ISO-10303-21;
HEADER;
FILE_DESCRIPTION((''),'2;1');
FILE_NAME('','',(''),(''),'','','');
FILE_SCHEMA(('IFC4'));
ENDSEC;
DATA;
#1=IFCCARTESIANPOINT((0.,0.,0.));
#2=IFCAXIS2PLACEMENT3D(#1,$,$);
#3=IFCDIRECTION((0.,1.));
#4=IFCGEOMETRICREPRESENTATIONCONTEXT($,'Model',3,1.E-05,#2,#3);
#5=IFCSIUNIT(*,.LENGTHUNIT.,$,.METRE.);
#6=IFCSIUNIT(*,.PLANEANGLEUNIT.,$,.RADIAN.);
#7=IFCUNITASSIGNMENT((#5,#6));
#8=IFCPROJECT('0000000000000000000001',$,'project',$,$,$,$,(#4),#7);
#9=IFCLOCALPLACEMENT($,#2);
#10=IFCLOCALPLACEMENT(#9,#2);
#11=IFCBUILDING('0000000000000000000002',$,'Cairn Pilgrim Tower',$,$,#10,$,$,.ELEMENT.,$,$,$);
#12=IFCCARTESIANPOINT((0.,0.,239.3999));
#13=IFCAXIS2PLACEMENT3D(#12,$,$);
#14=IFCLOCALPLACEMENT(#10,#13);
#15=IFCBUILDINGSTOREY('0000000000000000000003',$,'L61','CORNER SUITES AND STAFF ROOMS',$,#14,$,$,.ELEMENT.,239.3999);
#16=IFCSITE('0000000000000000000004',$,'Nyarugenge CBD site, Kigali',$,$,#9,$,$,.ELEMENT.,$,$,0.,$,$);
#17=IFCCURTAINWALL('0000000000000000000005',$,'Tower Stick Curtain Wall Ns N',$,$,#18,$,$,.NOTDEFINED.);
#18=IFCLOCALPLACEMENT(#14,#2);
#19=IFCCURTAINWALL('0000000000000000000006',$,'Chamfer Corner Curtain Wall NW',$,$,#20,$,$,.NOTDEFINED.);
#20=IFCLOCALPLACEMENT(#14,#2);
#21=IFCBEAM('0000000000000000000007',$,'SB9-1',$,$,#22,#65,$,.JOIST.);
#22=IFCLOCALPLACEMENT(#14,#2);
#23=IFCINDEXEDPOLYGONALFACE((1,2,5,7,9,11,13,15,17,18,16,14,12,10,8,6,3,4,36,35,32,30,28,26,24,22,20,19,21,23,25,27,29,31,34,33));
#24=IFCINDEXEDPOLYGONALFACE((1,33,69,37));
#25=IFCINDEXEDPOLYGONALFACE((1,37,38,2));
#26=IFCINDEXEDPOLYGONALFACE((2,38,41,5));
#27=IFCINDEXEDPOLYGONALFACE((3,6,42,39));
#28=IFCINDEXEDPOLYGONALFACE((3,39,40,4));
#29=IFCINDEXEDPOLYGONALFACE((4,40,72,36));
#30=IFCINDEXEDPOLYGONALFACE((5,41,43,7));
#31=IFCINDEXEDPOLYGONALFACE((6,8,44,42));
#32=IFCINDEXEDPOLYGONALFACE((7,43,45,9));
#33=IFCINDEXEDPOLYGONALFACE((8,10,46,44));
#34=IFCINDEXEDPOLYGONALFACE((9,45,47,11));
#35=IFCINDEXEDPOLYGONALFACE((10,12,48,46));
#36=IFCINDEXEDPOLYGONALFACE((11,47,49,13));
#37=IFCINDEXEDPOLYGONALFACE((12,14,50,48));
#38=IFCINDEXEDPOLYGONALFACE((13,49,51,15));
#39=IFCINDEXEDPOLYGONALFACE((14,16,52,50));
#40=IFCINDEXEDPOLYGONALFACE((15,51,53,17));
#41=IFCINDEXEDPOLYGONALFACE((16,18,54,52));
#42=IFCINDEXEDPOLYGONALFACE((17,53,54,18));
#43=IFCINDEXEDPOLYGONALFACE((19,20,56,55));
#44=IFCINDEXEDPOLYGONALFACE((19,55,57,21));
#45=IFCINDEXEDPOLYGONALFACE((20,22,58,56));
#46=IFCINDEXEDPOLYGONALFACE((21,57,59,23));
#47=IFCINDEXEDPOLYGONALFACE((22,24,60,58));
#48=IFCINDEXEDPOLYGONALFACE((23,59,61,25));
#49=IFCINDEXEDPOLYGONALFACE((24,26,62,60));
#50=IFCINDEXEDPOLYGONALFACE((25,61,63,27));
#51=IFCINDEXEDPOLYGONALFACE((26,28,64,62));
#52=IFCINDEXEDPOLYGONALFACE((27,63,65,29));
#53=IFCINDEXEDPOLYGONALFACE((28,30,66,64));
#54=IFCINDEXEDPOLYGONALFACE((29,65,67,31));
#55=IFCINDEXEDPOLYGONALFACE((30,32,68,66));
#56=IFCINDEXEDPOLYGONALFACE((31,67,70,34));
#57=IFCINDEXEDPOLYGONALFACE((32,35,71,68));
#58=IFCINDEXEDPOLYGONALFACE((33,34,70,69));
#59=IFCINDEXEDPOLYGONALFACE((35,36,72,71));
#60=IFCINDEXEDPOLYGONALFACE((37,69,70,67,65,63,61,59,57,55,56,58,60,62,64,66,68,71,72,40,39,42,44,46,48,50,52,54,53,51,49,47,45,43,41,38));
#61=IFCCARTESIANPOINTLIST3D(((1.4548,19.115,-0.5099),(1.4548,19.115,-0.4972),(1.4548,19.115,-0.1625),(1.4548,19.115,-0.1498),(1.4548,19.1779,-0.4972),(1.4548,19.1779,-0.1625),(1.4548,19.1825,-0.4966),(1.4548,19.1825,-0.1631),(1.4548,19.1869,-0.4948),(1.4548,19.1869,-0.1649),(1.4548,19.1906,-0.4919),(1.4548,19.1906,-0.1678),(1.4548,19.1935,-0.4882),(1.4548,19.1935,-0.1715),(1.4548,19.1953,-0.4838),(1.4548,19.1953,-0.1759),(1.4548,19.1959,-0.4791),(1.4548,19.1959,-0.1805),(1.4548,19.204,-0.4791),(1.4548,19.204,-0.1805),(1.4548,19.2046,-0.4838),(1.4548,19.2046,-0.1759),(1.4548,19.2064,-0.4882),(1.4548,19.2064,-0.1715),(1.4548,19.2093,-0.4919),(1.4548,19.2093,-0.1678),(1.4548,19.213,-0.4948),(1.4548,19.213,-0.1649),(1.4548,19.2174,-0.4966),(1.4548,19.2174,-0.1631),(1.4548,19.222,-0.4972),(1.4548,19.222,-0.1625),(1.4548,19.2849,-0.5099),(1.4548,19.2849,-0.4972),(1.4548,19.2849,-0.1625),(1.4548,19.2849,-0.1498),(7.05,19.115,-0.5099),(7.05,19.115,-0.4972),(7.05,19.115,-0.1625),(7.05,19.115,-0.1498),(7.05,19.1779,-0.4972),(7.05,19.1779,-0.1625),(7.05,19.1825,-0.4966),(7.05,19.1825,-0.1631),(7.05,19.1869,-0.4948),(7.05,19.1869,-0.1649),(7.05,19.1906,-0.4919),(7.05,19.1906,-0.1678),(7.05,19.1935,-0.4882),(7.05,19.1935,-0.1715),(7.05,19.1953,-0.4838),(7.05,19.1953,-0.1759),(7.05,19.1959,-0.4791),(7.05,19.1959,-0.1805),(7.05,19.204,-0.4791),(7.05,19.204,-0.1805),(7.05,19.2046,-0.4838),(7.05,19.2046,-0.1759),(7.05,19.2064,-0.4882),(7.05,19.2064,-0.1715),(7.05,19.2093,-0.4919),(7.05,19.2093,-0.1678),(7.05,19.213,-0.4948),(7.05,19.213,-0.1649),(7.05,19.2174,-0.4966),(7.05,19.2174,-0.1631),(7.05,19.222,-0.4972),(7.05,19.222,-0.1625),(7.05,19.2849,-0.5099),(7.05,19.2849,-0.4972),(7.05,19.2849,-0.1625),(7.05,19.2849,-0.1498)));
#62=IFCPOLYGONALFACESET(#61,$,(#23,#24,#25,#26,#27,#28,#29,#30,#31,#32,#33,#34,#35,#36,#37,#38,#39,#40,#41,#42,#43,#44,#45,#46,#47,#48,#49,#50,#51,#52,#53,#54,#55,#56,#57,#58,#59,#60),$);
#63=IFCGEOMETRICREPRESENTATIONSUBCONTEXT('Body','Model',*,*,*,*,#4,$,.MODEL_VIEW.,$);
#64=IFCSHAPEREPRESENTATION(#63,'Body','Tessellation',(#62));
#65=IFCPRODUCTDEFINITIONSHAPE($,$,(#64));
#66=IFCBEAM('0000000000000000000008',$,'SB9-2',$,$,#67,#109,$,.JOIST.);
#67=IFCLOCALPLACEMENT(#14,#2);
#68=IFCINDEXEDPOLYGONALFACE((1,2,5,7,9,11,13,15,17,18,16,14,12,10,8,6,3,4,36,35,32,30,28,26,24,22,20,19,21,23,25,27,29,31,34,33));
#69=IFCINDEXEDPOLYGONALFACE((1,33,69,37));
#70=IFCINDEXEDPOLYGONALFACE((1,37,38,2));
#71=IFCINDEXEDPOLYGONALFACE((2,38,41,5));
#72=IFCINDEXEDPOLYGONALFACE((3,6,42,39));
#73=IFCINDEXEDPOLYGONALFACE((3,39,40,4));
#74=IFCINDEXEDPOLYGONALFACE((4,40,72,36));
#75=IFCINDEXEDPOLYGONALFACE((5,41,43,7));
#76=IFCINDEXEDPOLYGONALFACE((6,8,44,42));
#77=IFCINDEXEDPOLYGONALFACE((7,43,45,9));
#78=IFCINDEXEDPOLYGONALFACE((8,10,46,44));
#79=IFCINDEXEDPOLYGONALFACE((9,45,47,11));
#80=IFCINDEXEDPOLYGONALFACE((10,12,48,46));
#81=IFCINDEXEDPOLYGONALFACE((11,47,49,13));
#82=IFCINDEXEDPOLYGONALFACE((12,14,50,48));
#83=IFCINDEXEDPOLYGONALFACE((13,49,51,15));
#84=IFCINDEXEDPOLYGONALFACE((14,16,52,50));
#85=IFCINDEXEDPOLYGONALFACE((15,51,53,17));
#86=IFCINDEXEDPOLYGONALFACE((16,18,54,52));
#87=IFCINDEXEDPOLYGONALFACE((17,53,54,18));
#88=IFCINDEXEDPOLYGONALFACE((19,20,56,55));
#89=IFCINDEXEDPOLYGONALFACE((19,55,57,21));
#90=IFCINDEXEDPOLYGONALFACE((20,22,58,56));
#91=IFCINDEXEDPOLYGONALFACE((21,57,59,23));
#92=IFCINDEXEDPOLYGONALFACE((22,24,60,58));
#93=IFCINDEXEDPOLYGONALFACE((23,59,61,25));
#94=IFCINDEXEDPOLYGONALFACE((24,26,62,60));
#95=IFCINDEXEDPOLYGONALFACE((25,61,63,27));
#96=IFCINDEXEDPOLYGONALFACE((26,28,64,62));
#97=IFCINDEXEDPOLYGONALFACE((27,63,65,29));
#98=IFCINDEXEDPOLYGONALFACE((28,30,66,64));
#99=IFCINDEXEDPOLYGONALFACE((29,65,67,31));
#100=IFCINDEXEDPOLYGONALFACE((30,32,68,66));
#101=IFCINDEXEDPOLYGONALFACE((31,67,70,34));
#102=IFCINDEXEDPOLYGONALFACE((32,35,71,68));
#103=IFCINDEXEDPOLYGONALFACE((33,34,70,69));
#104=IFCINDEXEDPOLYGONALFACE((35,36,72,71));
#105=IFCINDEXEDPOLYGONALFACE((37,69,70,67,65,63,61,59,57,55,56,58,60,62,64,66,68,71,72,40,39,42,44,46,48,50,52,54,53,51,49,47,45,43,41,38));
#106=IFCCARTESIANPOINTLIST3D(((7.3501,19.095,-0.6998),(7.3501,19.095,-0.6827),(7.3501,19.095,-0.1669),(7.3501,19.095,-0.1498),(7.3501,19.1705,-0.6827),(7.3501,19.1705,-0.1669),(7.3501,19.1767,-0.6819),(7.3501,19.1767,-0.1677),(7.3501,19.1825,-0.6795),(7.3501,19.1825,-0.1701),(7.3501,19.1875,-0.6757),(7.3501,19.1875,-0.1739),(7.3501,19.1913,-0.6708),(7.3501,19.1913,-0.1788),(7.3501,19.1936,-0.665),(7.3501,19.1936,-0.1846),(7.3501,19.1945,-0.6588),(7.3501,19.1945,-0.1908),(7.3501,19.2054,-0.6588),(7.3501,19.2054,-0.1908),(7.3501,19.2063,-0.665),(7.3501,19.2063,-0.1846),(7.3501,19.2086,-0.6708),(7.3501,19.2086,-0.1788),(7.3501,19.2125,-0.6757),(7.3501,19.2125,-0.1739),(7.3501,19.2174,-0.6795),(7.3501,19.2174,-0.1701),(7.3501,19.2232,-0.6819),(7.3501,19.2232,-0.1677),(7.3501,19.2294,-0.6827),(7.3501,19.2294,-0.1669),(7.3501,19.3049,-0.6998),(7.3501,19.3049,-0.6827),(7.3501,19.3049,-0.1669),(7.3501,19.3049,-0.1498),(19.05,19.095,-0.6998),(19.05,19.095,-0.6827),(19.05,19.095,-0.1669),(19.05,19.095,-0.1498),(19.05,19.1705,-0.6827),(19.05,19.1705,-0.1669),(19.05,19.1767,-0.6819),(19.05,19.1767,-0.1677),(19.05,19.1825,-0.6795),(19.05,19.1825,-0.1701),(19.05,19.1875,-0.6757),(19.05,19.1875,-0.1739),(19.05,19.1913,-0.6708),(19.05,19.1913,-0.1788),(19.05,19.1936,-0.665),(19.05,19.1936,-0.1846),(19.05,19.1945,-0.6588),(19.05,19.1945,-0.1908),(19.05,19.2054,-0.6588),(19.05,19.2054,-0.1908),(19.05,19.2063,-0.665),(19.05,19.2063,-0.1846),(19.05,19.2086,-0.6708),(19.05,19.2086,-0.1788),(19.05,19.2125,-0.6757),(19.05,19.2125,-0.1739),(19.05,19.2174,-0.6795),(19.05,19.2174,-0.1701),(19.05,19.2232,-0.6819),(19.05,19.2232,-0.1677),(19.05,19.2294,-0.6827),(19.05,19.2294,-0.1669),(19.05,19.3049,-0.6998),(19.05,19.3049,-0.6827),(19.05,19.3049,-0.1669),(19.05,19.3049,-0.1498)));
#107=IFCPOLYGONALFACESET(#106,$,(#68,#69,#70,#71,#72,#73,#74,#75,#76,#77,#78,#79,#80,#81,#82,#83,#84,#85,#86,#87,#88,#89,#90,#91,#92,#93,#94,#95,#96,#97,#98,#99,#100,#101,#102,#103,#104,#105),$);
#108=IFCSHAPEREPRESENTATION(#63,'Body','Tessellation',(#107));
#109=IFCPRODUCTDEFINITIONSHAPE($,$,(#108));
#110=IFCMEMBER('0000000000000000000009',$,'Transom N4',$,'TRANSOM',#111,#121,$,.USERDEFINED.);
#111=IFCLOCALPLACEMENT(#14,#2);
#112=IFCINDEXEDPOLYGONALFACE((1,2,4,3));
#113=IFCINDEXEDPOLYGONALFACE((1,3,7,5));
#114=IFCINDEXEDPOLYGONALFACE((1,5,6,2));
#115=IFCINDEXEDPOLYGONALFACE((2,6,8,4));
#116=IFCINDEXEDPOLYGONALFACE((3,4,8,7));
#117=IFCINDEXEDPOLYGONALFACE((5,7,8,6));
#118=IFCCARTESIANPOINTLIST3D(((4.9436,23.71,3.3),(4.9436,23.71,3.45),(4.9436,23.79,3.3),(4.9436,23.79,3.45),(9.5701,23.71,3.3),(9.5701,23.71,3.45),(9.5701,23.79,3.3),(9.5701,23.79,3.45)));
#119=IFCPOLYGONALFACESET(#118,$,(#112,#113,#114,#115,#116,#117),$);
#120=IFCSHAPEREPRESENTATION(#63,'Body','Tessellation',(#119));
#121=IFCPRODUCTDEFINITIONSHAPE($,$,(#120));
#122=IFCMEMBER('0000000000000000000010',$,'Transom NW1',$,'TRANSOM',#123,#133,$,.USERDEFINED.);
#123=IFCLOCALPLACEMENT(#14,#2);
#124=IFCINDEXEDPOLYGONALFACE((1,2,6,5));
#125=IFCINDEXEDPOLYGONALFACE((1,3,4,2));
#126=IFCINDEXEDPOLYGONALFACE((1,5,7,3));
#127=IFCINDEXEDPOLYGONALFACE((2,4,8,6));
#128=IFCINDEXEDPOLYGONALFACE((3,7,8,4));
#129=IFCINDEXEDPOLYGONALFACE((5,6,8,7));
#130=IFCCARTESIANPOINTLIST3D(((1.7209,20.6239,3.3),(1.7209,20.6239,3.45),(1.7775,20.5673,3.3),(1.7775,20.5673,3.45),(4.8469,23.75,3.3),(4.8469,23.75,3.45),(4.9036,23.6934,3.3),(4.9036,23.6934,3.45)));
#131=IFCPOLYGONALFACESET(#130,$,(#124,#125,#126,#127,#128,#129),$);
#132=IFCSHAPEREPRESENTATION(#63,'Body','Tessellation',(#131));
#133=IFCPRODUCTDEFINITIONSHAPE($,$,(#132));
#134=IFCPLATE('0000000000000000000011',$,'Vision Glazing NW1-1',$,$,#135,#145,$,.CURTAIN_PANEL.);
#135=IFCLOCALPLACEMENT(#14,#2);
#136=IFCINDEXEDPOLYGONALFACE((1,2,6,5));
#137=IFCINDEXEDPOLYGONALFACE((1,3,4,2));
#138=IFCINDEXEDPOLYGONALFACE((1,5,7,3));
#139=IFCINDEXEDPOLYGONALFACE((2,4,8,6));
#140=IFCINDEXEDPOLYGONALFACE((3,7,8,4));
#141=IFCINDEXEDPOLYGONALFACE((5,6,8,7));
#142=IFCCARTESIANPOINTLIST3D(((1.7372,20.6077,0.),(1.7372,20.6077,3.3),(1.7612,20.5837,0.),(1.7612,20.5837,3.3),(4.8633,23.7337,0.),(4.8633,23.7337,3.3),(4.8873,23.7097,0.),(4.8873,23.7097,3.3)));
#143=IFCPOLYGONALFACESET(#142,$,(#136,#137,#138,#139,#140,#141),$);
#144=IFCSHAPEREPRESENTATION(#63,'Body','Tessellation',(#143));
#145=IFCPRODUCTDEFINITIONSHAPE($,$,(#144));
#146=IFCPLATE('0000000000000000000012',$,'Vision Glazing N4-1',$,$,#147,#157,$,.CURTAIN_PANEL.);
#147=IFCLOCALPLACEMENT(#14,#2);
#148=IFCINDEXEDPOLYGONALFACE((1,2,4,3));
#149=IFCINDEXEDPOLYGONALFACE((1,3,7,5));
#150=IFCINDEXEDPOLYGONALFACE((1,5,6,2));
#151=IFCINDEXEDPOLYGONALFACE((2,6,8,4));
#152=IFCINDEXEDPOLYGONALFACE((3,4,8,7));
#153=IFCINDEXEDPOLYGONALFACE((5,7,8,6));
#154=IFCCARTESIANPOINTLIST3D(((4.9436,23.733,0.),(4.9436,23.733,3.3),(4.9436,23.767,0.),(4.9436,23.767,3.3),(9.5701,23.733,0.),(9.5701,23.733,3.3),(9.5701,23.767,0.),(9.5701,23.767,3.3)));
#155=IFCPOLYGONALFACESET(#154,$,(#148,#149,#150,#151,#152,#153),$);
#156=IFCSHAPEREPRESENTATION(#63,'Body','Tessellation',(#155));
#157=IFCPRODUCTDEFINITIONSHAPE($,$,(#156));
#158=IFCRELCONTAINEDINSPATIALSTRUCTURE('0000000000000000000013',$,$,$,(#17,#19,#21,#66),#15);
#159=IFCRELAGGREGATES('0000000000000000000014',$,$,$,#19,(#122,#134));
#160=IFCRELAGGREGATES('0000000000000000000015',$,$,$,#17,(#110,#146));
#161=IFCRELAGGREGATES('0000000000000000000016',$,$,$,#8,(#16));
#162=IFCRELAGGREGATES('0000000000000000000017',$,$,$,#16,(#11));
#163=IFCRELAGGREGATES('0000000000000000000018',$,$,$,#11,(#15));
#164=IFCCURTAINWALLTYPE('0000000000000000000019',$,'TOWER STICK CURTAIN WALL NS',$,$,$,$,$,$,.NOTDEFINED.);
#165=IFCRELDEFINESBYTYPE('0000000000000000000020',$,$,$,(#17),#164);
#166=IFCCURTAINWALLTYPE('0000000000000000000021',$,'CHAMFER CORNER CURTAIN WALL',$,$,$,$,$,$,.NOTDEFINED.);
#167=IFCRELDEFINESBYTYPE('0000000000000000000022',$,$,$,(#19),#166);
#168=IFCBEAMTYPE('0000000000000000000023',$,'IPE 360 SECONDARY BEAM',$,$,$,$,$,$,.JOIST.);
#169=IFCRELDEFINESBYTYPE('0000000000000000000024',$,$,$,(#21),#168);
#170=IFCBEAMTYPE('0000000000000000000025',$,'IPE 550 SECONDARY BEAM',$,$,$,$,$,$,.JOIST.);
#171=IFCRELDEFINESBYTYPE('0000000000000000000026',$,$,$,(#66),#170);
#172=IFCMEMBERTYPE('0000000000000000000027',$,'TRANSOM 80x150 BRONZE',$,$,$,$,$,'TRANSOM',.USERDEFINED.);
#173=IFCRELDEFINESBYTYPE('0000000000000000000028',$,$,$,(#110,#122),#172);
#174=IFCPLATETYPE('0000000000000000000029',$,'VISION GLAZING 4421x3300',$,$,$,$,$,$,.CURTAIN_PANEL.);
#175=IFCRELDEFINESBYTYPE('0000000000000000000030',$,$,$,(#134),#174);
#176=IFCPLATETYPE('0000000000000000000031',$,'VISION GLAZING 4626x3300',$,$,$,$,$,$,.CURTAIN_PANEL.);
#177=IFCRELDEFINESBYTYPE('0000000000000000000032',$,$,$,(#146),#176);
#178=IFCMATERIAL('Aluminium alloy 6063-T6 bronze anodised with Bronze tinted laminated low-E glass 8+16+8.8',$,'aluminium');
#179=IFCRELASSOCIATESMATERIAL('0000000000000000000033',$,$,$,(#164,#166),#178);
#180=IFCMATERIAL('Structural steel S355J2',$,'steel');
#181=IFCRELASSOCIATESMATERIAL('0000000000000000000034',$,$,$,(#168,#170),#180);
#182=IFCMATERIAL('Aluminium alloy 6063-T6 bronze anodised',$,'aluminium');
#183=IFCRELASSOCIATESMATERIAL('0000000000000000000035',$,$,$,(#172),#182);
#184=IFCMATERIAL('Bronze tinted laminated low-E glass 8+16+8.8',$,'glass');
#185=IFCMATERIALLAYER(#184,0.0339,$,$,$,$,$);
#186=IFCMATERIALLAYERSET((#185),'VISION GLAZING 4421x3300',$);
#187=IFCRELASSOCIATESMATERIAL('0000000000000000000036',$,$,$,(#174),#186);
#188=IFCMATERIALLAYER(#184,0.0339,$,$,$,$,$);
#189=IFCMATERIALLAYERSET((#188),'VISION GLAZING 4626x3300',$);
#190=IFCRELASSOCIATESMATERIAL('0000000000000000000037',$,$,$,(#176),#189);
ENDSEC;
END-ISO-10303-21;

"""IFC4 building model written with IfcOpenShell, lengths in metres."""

from ifc_helpers import new_model, si_unit, direction, frame, origin, origin_2d, place, context, subcontext, project, spatial, rectangle, i_section, extrude, material, layer, layer_set, material_profile, profile_set, type_object, element, aggregate, save


model = new_model("IFC4")

# Units and contexts
model_context = context("Model", 3, precision=1e-05, world=origin(), true_north=direction((0.0, 1.0)))
body_context = subcontext(model_context, "Body", "Model", "MODEL_VIEW")
ifc_project = project(units=[si_unit("LENGTHUNIT", "METRE"), si_unit("PLANEANGLEUNIT", "RADIAN")], contexts=[model_context])

# Site, building, storey
site_placement = place(None, origin())
site = spatial("IfcSite", under=ifc_project, at=site_placement, Name="Nyarugenge CBD site, Kigali", CompositionType="ELEMENT", RefElevation=0.0)
building_placement = place(site_placement, origin())
building = spatial("IfcBuilding", under=site, at=building_placement, Name="Cairn Pilgrim Tower", CompositionType="ELEMENT")
storey_placement = place(building_placement, frame((0.0, 0.0, 239.3999)))
storey = spatial("IfcBuildingStorey", under=building, at=storey_placement, Name="L61", Description="CORNER SUITES AND STAFF ROOMS", CompositionType="ELEMENT", Elevation=239.3999)

# Shared definitions
ifc_material_1 = material(Name="Structural steel S355J2", Category="steel")

# Curtain walls
ifc_material_2 = material(Name="Aluminium alloy 6063-T6 bronze anodised with Bronze tinted laminated low-E glass 8+16+8.8", Category="aluminium")
curtain_wall_type_1 = type_object("IfcCurtainWallType", Name="TOWER STICK CURTAIN WALL NS", PredefinedType="NOTDEFINED", material=ifc_material_2)
curtain_wall_1_placement = place(storey_placement, origin())
curtain_wall_1 = element("IfcCurtainWall", 1, at=curtain_wall_1_placement, inside=storey, type_object=curtain_wall_type_1, Name="Tower Stick Curtain Wall Ns N", PredefinedType="NOTDEFINED")
ifc_material_3 = material(Name="Aluminium alloy 6063-T6 bronze anodised", Category="aluminium")
curtain_wall_type_2 = type_object("IfcCurtainWallType", Name="CHAMFER CORNER CURTAIN WALL", PredefinedType="NOTDEFINED", material=ifc_material_2)
curtain_wall_2_placement = place(storey_placement, origin())
curtain_wall_2 = element("IfcCurtainWall", 2, at=curtain_wall_2_placement, inside=storey, type_object=curtain_wall_type_2, Name="Chamfer Corner Curtain Wall NW", PredefinedType="NOTDEFINED")

# Beams
ifc_material_profile_1 = material_profile(ifc_material_1, i_section(OverallWidth=0.1699, OverallDepth=0.3601, WebThickness=0.0081, FlangeThickness=0.0127, FilletRadius=0.0181, at=origin_2d()), Name="IPE 360")
ifc_profile_set_1 = profile_set([ifc_material_profile_1], Name="Structural steel S355J2")
beam_type_1 = type_object("IfcBeamType", Name="IPE 360 SECONDARY BEAM", PredefinedType="JOIST", material=ifc_profile_set_1)
beam_1_placement = place(storey_placement, frame((1.4548, 19.2, -0.3298), z_axis=(1.0, 0.0, 0.0), x_axis=(0.0, 1.0, 0.0)))
element("IfcBeam", 3, at=beam_1_placement, inside=storey, type_object=beam_type_1, Name="SB9-1", PredefinedType="JOIST", context=body_context, shape_type="SweptSolid", body=[
    extrude(i_section(OverallWidth=0.1699, OverallDepth=0.3601, WebThickness=0.0081, FlangeThickness=0.0127, FilletRadius=0.0181, at=origin_2d()), origin(), (0.0, 0.0, 1.0), 5.5952),
])
ifc_material_profile_2 = material_profile(ifc_material_1, i_section(OverallWidth=0.21, OverallDepth=0.55, WebThickness=0.011, FlangeThickness=0.0171, FilletRadius=0.0239, at=origin_2d()), Name="IPE 550")
ifc_profile_set_2 = profile_set([ifc_material_profile_2], Name="Structural steel S355J2")
beam_type_2 = type_object("IfcBeamType", Name="IPE 550 SECONDARY BEAM", PredefinedType="JOIST", material=ifc_profile_set_2)
beam_2_placement = place(storey_placement, frame((7.3501, 19.2, -0.4248), z_axis=(1.0, 0.0, 0.0), x_axis=(0.0, 1.0, 0.0)))
element("IfcBeam", 4, at=beam_2_placement, inside=storey, type_object=beam_type_2, Name="SB9-2", PredefinedType="JOIST", context=body_context, shape_type="SweptSolid", body=[
    extrude(i_section(OverallWidth=0.21, OverallDepth=0.55, WebThickness=0.011, FlangeThickness=0.0171, FilletRadius=0.0239, at=origin_2d()), origin(), (0.0, 0.0, 1.0), 11.7),
])

# Members
ifc_material_profile_3 = material_profile(ifc_material_3, rectangle(XDim=0.0801, YDim=0.1499, at=origin_2d()), Name="TRANSOM 80x150 BRONZE")
ifc_profile_set_3 = profile_set([ifc_material_profile_3], Name="Aluminium alloy 6063-T6 bronze anodised")
member_type_1 = type_object("IfcMemberType", Name="TRANSOM 80x150 BRONZE", ElementType="TRANSOM", PredefinedType="USERDEFINED", material=ifc_profile_set_3)
member_1_placement = place(storey_placement, frame((9.5701, 23.75, 3.375), z_axis=(-1.0, 0.0, 0.0), x_axis=(0.0, -1.0, 0.0)))
member_1 = element("IfcMember", 5, at=member_1_placement, type_object=member_type_1, Name="Transom N4", ObjectType="TRANSOM", PredefinedType="USERDEFINED", context=body_context, shape_type="SweptSolid", body=[
    extrude(rectangle(XDim=0.0801, YDim=0.1499, at=origin_2d()), origin(), (0.0, 0.0, 1.0), 4.6265),
])
member_2_placement = place(storey_placement, frame((4.8752, 23.7217, 3.375), z_axis=(-0.707107, -0.707107, 0.0), x_axis=(0.707107, -0.707107, 0.0)))
member_2 = element("IfcMember", 6, at=member_2_placement, type_object=member_type_1, Name="Transom NW1", ObjectType="TRANSOM", PredefinedType="USERDEFINED", context=body_context, shape_type="SweptSolid", body=[
    extrude(rectangle(XDim=0.0801, YDim=0.1499, at=origin_2d()), origin(), (0.0, 0.0, 1.0), 4.4209),
])

# Plates
ifc_material_4 = material(Name="Bronze tinted laminated low-E glass 8+16+8.8", Category="glass")
ifc_layer_1 = layer(ifc_material_4, 0.0339)
ifc_layer_set_1 = layer_set([ifc_layer_1], Name="VISION GLAZING 4421x3300")
plate_type_1 = type_object("IfcPlateType", Name="VISION GLAZING 4421x3300", PredefinedType="CURTAIN_PANEL", material=ifc_layer_set_1)
plate_1_placement = place(storey_placement, frame((3.3123, 22.1587, 0.0), z_axis=(0.0, 0.0, 1.0), x_axis=(-0.707107, -0.707107, 0.0)))
plate_1 = element("IfcPlate", 7, at=plate_1_placement, type_object=plate_type_1, Name="Vision Glazing NW1-1", PredefinedType="CURTAIN_PANEL", context=body_context, shape_type="SweptSolid", body=[
    extrude(rectangle(XDim=4.4209, YDim=0.0339, at=origin_2d()), origin(), (0.0, 0.0, 1.0), 3.3),
])
aggregate(curtain_wall_2, [member_2, plate_1])
ifc_layer_2 = layer(ifc_material_4, 0.0339)
ifc_layer_set_2 = layer_set([ifc_layer_2], Name="VISION GLAZING 4626x3300")
plate_type_2 = type_object("IfcPlateType", Name="VISION GLAZING 4626x3300", PredefinedType="CURTAIN_PANEL", material=ifc_layer_set_2)
plate_2_placement = place(storey_placement, frame((7.2568, 23.75, 0.0), z_axis=(0.0, 0.0, 1.0), x_axis=(-1.0, 0.0, 0.0)))
plate_2 = element("IfcPlate", 8, at=plate_2_placement, type_object=plate_type_2, Name="Vision Glazing N4-1", PredefinedType="CURTAIN_PANEL", context=body_context, shape_type="SweptSolid", body=[
    extrude(rectangle(XDim=4.6265, YDim=0.0339, at=origin_2d()), origin(), (0.0, 0.0, 1.0), 3.3),
])
aggregate(curtain_wall_1, [member_1, plate_2])

save(model, "model.ifc")
